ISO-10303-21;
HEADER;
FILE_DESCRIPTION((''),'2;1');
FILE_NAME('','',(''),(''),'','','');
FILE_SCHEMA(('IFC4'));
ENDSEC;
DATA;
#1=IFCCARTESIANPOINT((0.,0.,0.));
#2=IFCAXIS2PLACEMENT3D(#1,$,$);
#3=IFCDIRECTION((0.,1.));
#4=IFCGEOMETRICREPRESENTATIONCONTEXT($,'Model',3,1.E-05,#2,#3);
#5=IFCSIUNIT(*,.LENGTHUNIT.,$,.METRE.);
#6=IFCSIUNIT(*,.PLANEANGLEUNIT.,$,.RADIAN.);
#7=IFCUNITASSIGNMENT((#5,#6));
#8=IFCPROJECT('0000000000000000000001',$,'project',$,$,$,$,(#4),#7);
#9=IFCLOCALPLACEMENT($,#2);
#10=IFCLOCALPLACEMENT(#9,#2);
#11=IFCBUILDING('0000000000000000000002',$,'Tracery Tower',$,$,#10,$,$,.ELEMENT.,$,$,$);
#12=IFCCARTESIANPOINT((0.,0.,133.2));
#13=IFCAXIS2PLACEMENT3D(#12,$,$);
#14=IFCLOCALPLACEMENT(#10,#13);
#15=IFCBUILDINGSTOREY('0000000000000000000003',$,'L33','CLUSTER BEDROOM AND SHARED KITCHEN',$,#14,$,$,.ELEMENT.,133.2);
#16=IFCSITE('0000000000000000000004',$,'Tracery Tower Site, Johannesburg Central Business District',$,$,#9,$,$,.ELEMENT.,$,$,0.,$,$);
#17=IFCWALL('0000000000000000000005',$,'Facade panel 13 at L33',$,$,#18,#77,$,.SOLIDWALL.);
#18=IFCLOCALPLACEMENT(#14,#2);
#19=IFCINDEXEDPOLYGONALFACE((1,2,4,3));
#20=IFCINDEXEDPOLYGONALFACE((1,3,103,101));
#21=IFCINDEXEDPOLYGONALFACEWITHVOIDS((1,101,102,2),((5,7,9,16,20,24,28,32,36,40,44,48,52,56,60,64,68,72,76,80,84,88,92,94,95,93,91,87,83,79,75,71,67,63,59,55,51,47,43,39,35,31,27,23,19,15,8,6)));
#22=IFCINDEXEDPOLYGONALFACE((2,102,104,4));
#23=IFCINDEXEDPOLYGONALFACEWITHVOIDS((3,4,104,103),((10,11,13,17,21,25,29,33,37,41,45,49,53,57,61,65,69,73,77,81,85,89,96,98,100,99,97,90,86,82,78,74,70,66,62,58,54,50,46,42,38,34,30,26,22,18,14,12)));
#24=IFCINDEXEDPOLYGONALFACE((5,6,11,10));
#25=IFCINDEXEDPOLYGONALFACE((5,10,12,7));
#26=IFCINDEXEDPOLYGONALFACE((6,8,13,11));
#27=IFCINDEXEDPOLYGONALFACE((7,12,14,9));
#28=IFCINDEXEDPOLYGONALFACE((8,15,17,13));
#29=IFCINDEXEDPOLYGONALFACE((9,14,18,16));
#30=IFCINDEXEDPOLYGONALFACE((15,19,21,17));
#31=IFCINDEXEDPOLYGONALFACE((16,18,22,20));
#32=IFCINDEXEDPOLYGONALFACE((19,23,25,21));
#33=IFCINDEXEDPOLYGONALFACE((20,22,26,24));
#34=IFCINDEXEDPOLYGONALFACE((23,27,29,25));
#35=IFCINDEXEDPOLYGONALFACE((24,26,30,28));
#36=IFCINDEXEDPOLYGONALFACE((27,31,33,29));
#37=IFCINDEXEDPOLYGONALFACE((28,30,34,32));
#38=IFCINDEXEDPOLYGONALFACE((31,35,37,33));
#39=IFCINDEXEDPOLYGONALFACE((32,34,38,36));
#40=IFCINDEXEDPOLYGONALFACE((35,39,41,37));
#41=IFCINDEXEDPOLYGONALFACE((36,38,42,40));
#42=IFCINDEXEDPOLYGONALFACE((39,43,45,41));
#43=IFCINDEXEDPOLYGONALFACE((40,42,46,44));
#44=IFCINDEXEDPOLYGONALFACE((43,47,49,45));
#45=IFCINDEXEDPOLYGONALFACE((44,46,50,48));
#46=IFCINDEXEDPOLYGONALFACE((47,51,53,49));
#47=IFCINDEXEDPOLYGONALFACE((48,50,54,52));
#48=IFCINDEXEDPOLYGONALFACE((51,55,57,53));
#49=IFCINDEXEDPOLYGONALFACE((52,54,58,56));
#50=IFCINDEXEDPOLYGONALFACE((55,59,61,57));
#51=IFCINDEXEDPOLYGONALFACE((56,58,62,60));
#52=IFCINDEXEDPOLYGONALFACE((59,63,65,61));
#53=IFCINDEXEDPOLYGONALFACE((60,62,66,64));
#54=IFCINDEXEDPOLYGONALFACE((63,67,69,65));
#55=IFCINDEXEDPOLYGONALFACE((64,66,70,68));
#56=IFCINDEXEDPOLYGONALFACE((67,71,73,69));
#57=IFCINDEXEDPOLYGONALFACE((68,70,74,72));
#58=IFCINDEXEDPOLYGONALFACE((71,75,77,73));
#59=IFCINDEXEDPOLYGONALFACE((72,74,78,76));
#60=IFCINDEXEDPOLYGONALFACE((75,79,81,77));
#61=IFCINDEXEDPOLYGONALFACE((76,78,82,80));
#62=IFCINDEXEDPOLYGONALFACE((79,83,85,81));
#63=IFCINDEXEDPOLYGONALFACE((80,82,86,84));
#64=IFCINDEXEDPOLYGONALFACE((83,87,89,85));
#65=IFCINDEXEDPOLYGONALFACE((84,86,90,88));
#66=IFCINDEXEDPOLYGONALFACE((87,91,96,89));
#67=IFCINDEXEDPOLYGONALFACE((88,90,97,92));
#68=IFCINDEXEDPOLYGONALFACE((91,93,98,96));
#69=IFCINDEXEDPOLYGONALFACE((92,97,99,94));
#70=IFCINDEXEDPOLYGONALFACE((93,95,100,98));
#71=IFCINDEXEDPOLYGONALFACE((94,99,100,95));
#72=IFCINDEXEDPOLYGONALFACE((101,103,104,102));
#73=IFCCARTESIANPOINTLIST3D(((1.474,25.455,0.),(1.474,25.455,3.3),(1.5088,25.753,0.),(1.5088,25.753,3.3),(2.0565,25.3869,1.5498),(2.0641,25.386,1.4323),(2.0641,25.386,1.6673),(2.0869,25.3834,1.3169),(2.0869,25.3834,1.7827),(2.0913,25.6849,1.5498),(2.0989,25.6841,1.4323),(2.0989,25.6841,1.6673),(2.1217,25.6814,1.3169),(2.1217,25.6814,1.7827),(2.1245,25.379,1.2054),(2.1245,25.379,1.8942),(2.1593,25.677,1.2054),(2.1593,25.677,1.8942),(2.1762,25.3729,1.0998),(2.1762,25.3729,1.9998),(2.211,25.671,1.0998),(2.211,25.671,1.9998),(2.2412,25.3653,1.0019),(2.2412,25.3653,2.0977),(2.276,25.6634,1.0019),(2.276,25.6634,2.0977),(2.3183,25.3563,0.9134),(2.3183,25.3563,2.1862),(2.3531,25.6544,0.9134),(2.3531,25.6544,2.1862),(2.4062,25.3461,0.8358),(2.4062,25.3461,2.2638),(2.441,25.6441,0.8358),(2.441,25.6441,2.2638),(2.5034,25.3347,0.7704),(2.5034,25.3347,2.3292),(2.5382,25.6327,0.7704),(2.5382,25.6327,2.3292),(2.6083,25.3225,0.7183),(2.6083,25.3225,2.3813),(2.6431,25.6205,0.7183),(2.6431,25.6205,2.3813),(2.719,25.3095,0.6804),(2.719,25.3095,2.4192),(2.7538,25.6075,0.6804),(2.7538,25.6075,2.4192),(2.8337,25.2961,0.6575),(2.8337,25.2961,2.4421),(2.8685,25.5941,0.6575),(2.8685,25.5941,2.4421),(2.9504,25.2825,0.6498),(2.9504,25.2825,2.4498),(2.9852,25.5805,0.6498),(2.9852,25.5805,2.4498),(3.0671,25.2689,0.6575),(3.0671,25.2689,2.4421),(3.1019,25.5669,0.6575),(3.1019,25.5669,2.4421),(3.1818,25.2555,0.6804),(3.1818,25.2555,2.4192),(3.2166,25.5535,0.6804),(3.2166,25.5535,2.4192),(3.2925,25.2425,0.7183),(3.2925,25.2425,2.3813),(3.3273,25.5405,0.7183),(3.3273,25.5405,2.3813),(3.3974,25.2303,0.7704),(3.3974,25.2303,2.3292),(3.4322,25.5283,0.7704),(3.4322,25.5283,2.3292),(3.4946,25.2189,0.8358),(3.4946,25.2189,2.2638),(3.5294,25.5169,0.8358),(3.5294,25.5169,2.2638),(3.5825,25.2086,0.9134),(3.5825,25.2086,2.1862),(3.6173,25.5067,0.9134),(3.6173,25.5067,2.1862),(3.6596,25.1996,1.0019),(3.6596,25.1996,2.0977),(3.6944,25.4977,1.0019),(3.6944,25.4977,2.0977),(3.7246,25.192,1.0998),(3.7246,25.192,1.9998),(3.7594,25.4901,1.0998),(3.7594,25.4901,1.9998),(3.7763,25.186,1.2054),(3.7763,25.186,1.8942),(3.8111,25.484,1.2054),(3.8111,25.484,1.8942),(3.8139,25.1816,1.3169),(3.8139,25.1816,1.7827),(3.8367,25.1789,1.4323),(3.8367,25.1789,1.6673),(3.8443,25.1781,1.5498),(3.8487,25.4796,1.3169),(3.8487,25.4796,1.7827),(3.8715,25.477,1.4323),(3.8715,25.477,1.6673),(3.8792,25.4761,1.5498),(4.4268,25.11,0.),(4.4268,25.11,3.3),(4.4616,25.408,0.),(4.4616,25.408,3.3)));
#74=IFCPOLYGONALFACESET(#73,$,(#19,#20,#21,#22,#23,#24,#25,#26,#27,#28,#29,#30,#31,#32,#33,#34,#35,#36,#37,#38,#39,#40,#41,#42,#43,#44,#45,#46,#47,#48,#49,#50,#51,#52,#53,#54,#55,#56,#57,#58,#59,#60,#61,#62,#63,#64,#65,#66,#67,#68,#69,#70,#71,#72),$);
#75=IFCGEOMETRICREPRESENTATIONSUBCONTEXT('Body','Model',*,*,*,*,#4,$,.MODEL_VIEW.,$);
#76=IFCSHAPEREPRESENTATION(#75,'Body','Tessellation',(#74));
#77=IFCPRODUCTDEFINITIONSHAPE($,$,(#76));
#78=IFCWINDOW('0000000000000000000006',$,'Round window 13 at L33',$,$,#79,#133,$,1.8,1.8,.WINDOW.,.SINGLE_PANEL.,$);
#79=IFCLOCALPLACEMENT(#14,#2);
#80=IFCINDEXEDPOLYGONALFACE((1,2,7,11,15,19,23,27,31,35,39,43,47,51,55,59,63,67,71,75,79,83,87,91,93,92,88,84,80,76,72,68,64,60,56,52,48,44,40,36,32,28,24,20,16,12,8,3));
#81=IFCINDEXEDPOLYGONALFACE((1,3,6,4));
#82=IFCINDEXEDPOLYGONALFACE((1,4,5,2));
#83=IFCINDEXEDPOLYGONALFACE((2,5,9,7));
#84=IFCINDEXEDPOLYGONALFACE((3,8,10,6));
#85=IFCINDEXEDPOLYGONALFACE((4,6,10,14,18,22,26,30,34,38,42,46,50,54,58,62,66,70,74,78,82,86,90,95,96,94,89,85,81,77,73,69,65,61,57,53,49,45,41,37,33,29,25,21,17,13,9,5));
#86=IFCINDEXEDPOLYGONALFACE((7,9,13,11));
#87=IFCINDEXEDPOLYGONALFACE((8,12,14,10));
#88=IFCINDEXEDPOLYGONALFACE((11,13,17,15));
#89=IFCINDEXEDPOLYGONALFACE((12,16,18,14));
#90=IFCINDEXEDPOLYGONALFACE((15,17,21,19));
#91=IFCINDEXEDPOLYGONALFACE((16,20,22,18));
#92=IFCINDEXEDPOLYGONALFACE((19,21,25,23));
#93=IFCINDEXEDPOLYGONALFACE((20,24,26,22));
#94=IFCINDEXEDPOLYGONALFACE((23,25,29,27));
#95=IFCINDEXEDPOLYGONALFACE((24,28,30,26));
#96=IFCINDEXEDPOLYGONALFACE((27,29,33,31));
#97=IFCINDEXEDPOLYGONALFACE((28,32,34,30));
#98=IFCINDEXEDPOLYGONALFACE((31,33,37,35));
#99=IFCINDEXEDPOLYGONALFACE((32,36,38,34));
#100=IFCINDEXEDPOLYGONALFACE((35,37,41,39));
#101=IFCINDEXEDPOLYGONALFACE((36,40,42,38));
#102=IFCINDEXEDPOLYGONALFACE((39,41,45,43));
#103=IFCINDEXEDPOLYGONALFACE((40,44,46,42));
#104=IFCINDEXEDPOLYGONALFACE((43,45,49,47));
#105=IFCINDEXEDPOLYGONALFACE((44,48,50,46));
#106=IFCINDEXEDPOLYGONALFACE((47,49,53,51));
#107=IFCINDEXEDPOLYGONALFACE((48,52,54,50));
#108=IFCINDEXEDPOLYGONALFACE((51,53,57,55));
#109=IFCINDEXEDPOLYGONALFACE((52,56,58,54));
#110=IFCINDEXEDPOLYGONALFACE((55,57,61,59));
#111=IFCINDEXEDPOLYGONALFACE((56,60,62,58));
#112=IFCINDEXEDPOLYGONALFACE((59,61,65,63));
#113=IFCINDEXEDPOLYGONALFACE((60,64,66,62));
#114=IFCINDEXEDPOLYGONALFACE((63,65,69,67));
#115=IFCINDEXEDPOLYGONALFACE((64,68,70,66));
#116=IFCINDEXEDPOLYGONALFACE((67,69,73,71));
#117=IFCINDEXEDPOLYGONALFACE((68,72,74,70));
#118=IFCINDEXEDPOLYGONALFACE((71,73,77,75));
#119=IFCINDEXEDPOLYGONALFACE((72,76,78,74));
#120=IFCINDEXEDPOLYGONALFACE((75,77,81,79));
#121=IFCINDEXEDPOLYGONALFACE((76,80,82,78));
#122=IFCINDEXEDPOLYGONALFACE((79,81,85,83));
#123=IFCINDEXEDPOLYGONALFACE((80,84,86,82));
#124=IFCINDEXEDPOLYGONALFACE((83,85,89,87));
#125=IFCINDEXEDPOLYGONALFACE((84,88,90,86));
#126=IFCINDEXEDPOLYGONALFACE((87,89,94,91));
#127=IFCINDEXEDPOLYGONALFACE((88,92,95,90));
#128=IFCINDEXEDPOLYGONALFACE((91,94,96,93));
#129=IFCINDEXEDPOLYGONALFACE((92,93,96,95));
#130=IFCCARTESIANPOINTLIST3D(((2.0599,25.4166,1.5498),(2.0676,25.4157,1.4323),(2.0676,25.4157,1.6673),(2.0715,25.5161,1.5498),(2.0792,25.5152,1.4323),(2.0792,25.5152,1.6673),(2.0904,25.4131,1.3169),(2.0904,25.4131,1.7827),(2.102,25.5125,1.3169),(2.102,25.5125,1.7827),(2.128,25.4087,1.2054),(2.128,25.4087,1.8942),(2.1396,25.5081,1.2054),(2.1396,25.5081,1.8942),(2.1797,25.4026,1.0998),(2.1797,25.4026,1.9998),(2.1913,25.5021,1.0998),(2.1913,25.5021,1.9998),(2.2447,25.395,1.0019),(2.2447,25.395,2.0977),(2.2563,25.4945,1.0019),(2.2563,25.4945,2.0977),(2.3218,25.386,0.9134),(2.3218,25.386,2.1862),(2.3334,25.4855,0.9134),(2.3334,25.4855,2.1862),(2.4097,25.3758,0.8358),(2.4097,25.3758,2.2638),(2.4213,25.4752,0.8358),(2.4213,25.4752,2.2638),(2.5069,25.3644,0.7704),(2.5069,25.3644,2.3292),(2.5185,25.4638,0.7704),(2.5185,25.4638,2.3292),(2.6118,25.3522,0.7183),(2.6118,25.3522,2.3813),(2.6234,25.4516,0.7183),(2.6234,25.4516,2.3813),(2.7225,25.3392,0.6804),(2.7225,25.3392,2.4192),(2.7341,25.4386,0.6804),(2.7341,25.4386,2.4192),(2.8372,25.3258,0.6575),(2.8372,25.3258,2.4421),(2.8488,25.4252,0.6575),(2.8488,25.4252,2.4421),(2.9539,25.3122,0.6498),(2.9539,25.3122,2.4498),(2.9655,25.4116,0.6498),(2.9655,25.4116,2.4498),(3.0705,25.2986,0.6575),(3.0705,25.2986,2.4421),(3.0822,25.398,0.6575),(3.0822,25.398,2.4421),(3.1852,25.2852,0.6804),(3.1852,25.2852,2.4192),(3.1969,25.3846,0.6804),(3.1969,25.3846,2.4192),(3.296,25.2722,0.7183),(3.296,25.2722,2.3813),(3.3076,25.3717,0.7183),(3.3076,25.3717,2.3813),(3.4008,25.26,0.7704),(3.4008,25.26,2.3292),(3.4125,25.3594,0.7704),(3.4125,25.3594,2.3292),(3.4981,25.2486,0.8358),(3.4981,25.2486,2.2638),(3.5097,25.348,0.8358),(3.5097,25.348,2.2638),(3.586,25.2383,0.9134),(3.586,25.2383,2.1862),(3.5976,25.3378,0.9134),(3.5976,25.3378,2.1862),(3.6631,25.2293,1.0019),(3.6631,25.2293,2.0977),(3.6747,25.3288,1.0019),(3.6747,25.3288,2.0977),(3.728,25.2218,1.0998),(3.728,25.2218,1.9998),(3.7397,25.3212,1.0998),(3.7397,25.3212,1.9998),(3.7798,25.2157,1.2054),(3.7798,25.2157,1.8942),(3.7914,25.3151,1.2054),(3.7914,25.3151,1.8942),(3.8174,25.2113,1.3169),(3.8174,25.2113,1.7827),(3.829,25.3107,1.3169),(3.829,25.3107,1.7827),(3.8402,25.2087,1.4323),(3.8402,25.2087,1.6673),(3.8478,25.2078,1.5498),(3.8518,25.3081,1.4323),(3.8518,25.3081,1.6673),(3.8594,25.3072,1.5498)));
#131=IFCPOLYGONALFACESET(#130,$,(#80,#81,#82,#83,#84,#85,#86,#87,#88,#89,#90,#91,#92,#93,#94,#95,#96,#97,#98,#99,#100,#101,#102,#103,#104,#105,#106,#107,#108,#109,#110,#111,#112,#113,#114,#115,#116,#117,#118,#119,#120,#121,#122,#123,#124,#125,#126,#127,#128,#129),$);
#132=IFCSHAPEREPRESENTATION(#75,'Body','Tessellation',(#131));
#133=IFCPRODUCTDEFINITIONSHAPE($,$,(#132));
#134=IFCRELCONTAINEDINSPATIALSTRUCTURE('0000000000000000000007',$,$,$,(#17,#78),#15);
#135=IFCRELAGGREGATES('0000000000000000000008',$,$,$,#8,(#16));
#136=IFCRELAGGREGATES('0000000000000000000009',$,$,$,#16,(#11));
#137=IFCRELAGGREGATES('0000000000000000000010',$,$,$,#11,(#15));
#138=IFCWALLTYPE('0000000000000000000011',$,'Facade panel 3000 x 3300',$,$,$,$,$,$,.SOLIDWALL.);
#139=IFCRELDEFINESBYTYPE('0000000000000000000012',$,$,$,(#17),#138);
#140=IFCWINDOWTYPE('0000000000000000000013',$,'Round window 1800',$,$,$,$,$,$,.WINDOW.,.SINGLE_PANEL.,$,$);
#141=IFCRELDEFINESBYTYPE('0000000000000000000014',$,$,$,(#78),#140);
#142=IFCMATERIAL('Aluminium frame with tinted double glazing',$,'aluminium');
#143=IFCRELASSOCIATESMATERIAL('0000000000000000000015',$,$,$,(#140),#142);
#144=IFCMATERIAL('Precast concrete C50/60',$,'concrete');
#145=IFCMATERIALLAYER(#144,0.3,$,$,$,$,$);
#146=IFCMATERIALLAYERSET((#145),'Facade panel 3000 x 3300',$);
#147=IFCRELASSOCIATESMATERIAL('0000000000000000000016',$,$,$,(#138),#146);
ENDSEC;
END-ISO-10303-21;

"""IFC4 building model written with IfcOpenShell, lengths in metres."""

from ifc_helpers import new_model, si_unit, direction, frame, frame_2d, origin, origin_2d, place, context, subcontext, project, spatial, rectangle, circle, extrude, material, layer, layer_set, type_object, element, fill, save


model = new_model("IFC4")

# Units and contexts
model_context = context("Model", 3, precision=1e-05, world=origin(), true_north=direction((0.0, 1.0)))
body_context = subcontext(model_context, "Body", "Model", "MODEL_VIEW")
ifc_project = project(units=[si_unit("LENGTHUNIT", "METRE"), si_unit("PLANEANGLEUNIT", "RADIAN")], contexts=[model_context])

# Site, building, storey
site_placement = place(None, origin())
site = spatial("IfcSite", under=ifc_project, at=site_placement, Name="Tracery Tower Site, Johannesburg Central Business District", CompositionType="ELEMENT", RefElevation=0.0)
building_placement = place(site_placement, origin())
building = spatial("IfcBuilding", under=site, at=building_placement, Name="Tracery Tower", CompositionType="ELEMENT")
storey_placement = place(building_placement, frame((0.0, 0.0, 133.2)))
storey = spatial("IfcBuildingStorey", under=building, at=storey_placement, Name="L33", Description="CLUSTER BEDROOM AND SHARED KITCHEN", CompositionType="ELEMENT", Elevation=133.2)

# Wall, opening, window
ifc_material_1 = material(Name="Aluminium frame with tinted double glazing", Category="aluminium")
window_type = type_object("IfcWindowType", Name="Round window 1800", PartitioningType="SINGLE_PANEL", PredefinedType="WINDOW", material=ifc_material_1)
ifc_material_2 = material(Name="Precast concrete C50/60", Category="concrete")
ifc_layer_1 = layer(ifc_material_2, 0.3)
ifc_layer_set_1 = layer_set([ifc_layer_1], Name="Facade panel 3000 x 3300")
wall_type_1 = type_object("IfcWallType", Name="Facade panel 3000 x 3300", PredefinedType="SOLIDWALL", material=ifc_layer_set_1)
wall_1_placement = place(storey_placement, frame((4.4441, 25.259, 0.0), z_axis=(0.0, 0.0, 1.0), x_axis=(-0.993245, 0.116036, 0.0)))
wall_1 = element("IfcWall", 1, at=wall_1_placement, inside=storey, type_object=wall_type_1, Name="Facade panel 13 at L33", PredefinedType="SOLIDWALL", context=body_context, shape_type="SweptSolid", body=[
    extrude(rectangle(XDim=2.9729, YDim=0.3, at=frame_2d((1.4863, 0.0))), origin(), (0.0, 0.0, 1.0), 3.3),
])
opening_1_placement = place(wall_1_placement, frame((1.4863, 0.0, 1.5498)))
opening_1 = element("IfcOpeningElement", 2, at=opening_1_placement, cuts=wall_1, PredefinedType="OPENING", context=body_context, shape_type="SweptSolid", body=[
    extrude(circle(Radius=0.9, at=origin_2d()), frame((0.0, 0.1599, 0.0), z_axis=(0.0, -1.0, 0.0), x_axis=(1.0, 0.0, 0.0)), (0.0, 0.0, 1.0), 0.3201),
])
window_1_placement = place(opening_1_placement, origin())
window_1 = element("IfcWindow", 3, at=window_1_placement, inside=storey, type_object=window_type, Name="Round window 13 at L33", OverallHeight=1.8, OverallWidth=1.8, PartitioningType="SINGLE_PANEL", PredefinedType="WINDOW", context=body_context, shape_type="SweptSolid", body=[
    extrude(circle(Radius=0.9, at=origin_2d()), frame((0.0, 0.1201, 0.0), z_axis=(0.0, -1.0, 0.0), x_axis=(1.0, 0.0, 0.0)), (0.0, 0.0, 1.0), 0.1001),
])
fill(opening_1, window_1)

save(model, "model.ifc")
